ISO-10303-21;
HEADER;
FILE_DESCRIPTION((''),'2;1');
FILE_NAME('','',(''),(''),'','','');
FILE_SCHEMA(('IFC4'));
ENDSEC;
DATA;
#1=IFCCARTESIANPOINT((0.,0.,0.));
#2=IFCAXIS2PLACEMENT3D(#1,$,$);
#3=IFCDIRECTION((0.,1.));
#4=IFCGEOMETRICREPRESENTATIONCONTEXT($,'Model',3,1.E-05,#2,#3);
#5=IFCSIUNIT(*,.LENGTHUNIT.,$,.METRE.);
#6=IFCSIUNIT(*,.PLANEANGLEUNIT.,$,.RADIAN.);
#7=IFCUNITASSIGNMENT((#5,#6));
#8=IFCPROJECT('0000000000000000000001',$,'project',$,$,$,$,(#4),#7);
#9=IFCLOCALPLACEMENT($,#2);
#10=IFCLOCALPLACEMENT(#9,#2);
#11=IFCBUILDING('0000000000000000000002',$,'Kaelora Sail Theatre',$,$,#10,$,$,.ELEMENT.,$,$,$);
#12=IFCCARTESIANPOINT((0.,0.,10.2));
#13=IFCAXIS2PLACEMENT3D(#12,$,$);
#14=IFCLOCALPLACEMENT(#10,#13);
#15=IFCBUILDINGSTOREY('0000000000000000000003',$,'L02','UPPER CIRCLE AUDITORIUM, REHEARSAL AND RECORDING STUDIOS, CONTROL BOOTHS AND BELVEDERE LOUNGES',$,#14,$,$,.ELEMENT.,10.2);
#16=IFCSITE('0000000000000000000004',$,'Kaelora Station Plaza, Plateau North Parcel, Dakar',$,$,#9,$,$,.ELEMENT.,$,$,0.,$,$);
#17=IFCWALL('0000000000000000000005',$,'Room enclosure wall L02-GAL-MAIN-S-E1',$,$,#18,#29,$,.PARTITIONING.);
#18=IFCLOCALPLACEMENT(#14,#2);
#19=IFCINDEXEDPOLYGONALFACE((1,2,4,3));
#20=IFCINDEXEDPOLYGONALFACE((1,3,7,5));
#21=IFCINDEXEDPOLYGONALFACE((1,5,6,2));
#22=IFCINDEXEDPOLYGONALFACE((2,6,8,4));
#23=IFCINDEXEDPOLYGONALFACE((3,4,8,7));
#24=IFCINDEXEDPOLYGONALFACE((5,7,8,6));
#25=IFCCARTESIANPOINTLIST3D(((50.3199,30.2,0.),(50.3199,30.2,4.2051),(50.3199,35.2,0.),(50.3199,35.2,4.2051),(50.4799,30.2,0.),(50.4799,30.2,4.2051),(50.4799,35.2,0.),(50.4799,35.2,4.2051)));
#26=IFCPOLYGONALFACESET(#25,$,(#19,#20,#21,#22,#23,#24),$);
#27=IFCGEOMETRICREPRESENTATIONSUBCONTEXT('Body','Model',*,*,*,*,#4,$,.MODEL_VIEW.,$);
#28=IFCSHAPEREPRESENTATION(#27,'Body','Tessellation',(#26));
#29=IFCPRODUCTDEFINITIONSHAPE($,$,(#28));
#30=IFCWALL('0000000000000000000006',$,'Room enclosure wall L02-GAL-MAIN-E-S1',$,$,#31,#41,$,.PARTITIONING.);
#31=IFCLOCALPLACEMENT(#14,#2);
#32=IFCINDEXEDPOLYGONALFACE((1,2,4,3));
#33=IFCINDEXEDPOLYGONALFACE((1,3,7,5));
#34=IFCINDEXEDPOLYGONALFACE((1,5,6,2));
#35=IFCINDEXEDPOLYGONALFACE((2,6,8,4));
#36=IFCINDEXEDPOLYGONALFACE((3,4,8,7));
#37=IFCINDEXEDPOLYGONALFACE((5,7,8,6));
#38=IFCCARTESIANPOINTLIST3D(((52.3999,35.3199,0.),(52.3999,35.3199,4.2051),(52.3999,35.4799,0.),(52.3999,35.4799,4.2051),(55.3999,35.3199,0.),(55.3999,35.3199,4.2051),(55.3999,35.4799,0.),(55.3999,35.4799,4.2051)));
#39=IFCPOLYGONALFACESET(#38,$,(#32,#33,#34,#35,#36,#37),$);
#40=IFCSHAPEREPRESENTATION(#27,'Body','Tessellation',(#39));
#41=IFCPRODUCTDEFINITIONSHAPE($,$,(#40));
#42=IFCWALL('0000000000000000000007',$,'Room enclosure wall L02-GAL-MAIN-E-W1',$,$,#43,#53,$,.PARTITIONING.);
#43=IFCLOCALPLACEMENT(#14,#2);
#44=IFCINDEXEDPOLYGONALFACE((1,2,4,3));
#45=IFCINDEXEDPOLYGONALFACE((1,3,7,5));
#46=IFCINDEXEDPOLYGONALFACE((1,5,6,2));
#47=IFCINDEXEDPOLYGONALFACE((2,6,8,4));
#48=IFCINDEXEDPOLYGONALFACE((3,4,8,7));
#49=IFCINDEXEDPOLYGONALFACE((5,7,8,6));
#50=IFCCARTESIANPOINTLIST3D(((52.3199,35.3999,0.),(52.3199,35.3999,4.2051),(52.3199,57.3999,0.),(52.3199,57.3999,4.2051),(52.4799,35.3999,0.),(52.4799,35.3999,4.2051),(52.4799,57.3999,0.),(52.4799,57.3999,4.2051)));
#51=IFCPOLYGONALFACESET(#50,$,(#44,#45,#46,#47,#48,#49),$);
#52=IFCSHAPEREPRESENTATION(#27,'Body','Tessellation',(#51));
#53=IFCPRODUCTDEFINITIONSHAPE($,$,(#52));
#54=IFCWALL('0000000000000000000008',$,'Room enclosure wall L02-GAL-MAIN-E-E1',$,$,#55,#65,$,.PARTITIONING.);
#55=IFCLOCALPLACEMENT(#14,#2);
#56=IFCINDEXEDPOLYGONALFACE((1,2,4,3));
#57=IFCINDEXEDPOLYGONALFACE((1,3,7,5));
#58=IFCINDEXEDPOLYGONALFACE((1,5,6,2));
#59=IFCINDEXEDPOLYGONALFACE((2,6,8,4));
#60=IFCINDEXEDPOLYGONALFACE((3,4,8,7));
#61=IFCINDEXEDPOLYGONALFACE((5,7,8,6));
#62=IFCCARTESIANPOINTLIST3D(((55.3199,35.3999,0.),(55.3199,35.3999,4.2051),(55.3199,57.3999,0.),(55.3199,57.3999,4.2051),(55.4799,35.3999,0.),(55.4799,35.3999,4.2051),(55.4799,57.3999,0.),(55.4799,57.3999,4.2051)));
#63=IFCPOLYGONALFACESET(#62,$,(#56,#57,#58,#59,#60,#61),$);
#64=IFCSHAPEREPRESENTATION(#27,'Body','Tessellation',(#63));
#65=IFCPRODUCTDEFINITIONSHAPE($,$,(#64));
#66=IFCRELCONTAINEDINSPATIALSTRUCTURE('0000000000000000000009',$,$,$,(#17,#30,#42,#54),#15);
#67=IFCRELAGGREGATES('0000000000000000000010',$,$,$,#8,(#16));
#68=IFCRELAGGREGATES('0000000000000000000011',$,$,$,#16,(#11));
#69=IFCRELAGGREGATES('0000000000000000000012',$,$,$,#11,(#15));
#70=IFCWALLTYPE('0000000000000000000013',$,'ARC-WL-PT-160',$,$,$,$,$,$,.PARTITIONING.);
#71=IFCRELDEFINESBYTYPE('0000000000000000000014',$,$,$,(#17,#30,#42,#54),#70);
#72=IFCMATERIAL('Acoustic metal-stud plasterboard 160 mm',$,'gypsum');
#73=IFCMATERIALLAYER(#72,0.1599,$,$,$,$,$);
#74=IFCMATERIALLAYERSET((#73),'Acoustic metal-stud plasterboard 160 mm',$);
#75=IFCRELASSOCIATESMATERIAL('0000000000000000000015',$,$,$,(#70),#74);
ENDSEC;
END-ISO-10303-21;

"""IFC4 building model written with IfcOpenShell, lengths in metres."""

from ifc_helpers import new_model, si_unit, direction, frame, frame_2d, origin, place, context, subcontext, project, spatial, rectangle, extrude, material, layer, layer_set, type_object, element, save


model = new_model("IFC4")

# Units and contexts
model_context = context("Model", 3, precision=1e-05, world=origin(), true_north=direction((0.0, 1.0)))
body_context = subcontext(model_context, "Body", "Model", "MODEL_VIEW")
ifc_project = project(units=[si_unit("LENGTHUNIT", "METRE"), si_unit("PLANEANGLEUNIT", "RADIAN")], contexts=[model_context])

# Site, building, storey
site_placement = place(None, origin())
site = spatial("IfcSite", under=ifc_project, at=site_placement, Name="Kaelora Station Plaza, Plateau North Parcel, Dakar", CompositionType="ELEMENT", RefElevation=0.0)
building_placement = place(site_placement, origin())
building = spatial("IfcBuilding", under=site, at=building_placement, Name="Kaelora Sail Theatre", CompositionType="ELEMENT")
storey_placement = place(building_placement, frame((0.0, 0.0, 10.2)))
storey = spatial("IfcBuildingStorey", under=building, at=storey_placement, Name="L02", Description="UPPER CIRCLE AUDITORIUM, REHEARSAL AND RECORDING STUDIOS, CONTROL BOOTHS AND BELVEDERE LOUNGES", CompositionType="ELEMENT", Elevation=10.2)

# Walls
ifc_material_1 = material(Name="Acoustic metal-stud plasterboard 160 mm", Category="gypsum")
ifc_layer_1 = layer(ifc_material_1, 0.1599)
ifc_layer_set_1 = layer_set([ifc_layer_1], Name="Acoustic metal-stud plasterboard 160 mm")
wall_type_1 = type_object("IfcWallType", Name="ARC-WL-PT-160", PredefinedType="PARTITIONING", material=ifc_layer_set_1)
wall_1_placement = place(storey_placement, frame((50.3999, 30.2, 0.0), z_axis=(0.0, 0.0, 1.0), x_axis=(0.0, 1.0, 0.0)))
element("IfcWall", 1, at=wall_1_placement, inside=storey, type_object=wall_type_1, Name="Room enclosure wall L02-GAL-MAIN-S-E1", PredefinedType="PARTITIONING", context=body_context, shape_type="SweptSolid", body=[
    extrude(rectangle(XDim=5.0, YDim=0.1599, at=frame_2d((2.5, 0.0))), origin(), (0.0, 0.0, 1.0), 4.2051),
])
wall_2_placement = place(storey_placement, frame((52.3999, 35.3999, 0.0), z_axis=(0.0, 0.0, 1.0), x_axis=(1.0, 0.0, 0.0)))
element("IfcWall", 2, at=wall_2_placement, inside=storey, type_object=wall_type_1, Name="Room enclosure wall L02-GAL-MAIN-E-S1", PredefinedType="PARTITIONING", context=body_context, shape_type="SweptSolid", body=[
    extrude(rectangle(XDim=3.0, YDim=0.1599, at=frame_2d((1.5, 0.0))), origin(), (0.0, 0.0, 1.0), 4.2051),
])
for number, where, z_axis, x_axis, name in (
    (3, (52.3999, 35.3999, 0.0), (0.0, 0.0, 1.0), (0.0, 1.0, 0.0), "Room enclosure wall L02-GAL-MAIN-E-W1"),
    (4, (55.3999, 35.3999, 0.0), (0.0, 0.0, 1.0), (0.0, 1.0, 0.0), "Room enclosure wall L02-GAL-MAIN-E-E1"),
):
    element("IfcWall", number, at=place(storey_placement, frame(where, z_axis=z_axis, x_axis=x_axis)), inside=storey, type_object=wall_type_1, Name=name, PredefinedType="PARTITIONING", context=body_context, shape_type="SweptSolid", body=[
        extrude(rectangle(XDim=22.0, YDim=0.1599, at=frame_2d((11.0, 0.0))), origin(), (0.0, 0.0, 1.0), 4.2051),
    ])

save(model, "model.ifc")
